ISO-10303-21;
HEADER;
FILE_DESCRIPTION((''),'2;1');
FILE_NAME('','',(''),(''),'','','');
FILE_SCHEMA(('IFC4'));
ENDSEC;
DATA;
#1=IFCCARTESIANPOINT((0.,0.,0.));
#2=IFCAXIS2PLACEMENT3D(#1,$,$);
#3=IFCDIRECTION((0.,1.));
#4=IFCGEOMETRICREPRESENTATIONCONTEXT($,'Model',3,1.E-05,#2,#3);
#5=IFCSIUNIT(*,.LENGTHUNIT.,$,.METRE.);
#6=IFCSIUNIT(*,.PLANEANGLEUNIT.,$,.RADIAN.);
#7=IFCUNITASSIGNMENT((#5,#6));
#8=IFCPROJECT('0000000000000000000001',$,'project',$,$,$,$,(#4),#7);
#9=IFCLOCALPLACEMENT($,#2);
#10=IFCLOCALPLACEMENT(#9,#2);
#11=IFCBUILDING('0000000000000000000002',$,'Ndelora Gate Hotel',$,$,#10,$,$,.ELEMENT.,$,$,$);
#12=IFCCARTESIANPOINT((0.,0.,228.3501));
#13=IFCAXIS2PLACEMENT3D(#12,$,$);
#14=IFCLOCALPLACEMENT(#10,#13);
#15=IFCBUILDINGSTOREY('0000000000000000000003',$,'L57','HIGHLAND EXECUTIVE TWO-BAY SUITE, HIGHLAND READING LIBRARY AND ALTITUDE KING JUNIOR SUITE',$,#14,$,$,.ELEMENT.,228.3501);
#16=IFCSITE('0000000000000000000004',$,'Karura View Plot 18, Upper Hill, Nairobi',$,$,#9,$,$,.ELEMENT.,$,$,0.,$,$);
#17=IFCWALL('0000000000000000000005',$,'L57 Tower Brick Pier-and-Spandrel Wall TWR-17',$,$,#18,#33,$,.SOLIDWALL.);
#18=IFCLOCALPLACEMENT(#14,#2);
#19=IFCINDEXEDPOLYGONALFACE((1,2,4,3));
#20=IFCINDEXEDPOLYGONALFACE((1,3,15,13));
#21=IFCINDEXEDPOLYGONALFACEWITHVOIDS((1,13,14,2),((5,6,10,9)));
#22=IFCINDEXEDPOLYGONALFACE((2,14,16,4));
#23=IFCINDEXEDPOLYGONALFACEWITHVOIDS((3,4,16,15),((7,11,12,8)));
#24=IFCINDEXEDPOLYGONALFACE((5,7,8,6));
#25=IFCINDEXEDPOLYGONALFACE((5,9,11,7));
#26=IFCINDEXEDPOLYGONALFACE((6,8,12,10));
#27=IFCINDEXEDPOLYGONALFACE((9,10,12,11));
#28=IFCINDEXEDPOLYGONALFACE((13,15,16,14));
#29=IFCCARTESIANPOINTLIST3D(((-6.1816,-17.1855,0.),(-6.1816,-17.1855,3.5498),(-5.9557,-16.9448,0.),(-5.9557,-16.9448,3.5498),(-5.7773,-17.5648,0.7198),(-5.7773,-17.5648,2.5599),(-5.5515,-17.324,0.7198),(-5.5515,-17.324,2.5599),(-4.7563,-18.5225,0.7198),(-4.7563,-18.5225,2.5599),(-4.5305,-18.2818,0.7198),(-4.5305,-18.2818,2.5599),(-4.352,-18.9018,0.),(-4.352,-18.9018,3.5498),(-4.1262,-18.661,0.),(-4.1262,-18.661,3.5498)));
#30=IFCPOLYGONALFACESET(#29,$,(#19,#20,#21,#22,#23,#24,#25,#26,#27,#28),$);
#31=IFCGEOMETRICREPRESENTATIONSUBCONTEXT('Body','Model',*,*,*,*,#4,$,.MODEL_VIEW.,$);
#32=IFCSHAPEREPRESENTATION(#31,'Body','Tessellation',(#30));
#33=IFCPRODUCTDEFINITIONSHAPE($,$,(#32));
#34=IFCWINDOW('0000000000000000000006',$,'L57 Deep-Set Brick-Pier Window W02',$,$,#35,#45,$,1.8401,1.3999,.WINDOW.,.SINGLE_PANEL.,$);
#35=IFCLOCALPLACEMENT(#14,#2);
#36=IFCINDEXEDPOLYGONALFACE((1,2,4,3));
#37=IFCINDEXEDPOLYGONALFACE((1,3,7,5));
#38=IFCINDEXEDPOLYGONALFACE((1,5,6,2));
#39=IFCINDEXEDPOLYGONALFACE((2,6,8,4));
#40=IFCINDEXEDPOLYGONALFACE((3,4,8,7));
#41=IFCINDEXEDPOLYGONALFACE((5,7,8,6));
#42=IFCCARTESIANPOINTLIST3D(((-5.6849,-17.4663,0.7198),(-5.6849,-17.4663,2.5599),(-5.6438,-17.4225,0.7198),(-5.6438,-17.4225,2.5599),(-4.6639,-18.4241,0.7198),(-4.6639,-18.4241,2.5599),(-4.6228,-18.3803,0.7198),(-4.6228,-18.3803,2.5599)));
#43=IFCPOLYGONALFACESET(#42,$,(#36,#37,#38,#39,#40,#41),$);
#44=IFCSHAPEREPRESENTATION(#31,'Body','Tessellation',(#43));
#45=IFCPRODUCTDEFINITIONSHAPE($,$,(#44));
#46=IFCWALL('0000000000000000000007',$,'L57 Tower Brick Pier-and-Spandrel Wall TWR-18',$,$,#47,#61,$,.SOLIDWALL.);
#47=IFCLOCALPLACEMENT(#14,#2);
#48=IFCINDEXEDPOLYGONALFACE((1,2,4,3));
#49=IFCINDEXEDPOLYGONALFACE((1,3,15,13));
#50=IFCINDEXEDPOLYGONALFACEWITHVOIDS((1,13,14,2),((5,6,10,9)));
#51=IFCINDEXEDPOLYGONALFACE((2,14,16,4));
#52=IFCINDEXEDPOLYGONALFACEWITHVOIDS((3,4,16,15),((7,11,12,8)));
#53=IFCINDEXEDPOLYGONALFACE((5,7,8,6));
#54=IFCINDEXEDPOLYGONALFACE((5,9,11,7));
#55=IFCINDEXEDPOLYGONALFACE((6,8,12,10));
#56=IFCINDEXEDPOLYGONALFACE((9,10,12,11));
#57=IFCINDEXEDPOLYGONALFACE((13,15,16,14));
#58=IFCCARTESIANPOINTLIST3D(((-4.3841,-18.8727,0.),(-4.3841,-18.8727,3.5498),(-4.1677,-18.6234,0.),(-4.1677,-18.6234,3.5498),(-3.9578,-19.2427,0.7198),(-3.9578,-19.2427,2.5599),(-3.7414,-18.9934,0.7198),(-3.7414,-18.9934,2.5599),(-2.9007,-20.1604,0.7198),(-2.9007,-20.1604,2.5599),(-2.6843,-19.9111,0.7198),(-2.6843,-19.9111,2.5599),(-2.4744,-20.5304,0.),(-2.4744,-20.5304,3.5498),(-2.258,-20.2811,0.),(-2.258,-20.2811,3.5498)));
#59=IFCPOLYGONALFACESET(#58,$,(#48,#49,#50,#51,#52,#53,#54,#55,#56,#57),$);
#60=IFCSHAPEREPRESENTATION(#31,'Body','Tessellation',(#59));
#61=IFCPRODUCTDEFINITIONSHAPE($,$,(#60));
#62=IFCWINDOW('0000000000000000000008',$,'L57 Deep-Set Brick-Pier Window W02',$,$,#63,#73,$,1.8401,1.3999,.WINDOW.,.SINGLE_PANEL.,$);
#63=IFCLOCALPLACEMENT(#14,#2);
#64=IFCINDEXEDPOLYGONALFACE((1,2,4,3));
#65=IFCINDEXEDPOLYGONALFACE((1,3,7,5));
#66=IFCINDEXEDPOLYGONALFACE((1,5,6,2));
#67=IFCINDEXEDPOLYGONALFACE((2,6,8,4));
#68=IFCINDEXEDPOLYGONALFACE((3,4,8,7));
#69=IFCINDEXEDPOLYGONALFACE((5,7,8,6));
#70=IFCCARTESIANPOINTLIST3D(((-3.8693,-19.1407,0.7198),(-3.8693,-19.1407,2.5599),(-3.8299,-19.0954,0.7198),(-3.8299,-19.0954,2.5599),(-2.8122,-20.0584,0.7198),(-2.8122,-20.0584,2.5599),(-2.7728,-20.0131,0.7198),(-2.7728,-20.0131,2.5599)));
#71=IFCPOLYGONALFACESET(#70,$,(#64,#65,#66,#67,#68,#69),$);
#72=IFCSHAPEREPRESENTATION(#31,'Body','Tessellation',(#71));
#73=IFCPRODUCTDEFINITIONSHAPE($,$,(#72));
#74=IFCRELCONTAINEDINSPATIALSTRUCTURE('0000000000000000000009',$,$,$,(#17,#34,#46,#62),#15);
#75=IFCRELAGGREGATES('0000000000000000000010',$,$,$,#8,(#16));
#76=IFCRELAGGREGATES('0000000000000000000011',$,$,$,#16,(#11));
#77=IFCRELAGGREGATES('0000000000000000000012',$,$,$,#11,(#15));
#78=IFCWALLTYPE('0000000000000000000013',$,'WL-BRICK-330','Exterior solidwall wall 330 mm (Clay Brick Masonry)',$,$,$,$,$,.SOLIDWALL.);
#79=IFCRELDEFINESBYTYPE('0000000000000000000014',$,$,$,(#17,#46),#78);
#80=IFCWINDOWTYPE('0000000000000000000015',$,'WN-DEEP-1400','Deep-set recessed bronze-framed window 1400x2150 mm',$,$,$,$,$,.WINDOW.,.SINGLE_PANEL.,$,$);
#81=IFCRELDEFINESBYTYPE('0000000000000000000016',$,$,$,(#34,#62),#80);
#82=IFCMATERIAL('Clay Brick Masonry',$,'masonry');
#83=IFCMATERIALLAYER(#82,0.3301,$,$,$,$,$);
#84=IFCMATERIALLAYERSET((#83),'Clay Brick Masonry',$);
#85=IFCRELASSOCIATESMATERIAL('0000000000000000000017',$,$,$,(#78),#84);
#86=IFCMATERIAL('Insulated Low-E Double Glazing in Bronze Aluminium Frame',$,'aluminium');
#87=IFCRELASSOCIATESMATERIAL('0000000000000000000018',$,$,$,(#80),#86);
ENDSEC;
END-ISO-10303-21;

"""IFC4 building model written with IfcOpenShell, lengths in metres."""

from ifc_helpers import new_model, si_unit, direction, frame, frame_2d, origin, place, context, subcontext, project, spatial, rectangle, extrude, material, layer, layer_set, type_object, element, fill, save


model = new_model("IFC4")

# Units and contexts
model_context = context("Model", 3, precision=1e-05, world=origin(), true_north=direction((0.0, 1.0)))
body_context = subcontext(model_context, "Body", "Model", "MODEL_VIEW")
ifc_project = project(units=[si_unit("LENGTHUNIT", "METRE"), si_unit("PLANEANGLEUNIT", "RADIAN")], contexts=[model_context])

# Site, building, storey
site_placement = place(None, origin())
site = spatial("IfcSite", under=ifc_project, at=site_placement, Name="Karura View Plot 18, Upper Hill, Nairobi", CompositionType="ELEMENT", RefElevation=0.0)
building_placement = place(site_placement, origin())
building = spatial("IfcBuilding", under=site, at=building_placement, Name="Ndelora Gate Hotel", CompositionType="ELEMENT")
storey_placement = place(building_placement, frame((0.0, 0.0, 228.3501)))
storey = spatial("IfcBuildingStorey", under=building, at=storey_placement, Name="L57", Description="HIGHLAND EXECUTIVE TWO-BAY SUITE, HIGHLAND READING LIBRARY AND ALTITUDE KING JUNIOR SUITE", CompositionType="ELEMENT", Elevation=228.3501)

# Walls, openings, windows
ifc_material_1 = material(Name="Clay Brick Masonry", Category="masonry")
ifc_layer_1 = layer(ifc_material_1, 0.3301)
ifc_layer_set_1 = layer_set([ifc_layer_1], Name="Clay Brick Masonry")
wall_type = type_object("IfcWallType", Name="WL-BRICK-330", Description="Exterior solidwall wall 330 mm (Clay Brick Masonry)", PredefinedType="SOLIDWALL", material=ifc_layer_set_1)
ifc_material_2 = material(Name="Insulated Low-E Double Glazing in Bronze Aluminium Frame", Category="aluminium")
window_type = type_object("IfcWindowType", Name="WN-DEEP-1400", Description="Deep-set recessed bronze-framed window 1400x2150 mm", PartitioningType="SINGLE_PANEL", PredefinedType="WINDOW", material=ifc_material_2)
wall_1_placement = place(storey_placement, frame((-4.239, -18.7815, 0.0), z_axis=(0.0, 0.0, 1.0), x_axis=(-0.729325, 0.684168, 0.0)))
wall_1 = element("IfcWall", 1, at=wall_1_placement, inside=storey, type_object=wall_type, Name="L57 Tower Brick Pier-and-Spandrel Wall TWR-17", PredefinedType="SOLIDWALL", context=body_context, shape_type="SweptSolid", body=[
    extrude(rectangle(XDim=2.5085, YDim=0.3301, at=frame_2d((1.2544, 0.0))), origin(), (0.0, 0.0, 1.0), 3.5498),
])
opening_1_placement = place(wall_1_placement, frame((0.5544, 0.0, 0.72)))
opening_1 = element("IfcOpeningElement", 2, at=opening_1_placement, cuts=wall_1, PredefinedType="OPENING", context=body_context, shape_type="SweptSolid", body=[
    extrude(rectangle(XDim=1.3999, YDim=1.8401, at=frame_2d((0.7, 0.9199))), frame((0.0, 0.175, 0.0), z_axis=(0.0, -1.0, 0.0), x_axis=(1.0, 0.0, 0.0)), (0.0, 0.0, 1.0), 0.3501),
])
window_1_placement = place(opening_1_placement, origin())
window_1 = element("IfcWindow", 3, at=window_1_placement, inside=storey, type_object=window_type, Name="L57 Deep-Set Brick-Pier Window W02", OverallHeight=1.8401, OverallWidth=1.3999, PartitioningType="SINGLE_PANEL", PredefinedType="WINDOW", context=body_context, shape_type="SweptSolid", body=[
    extrude(rectangle(XDim=1.3999, YDim=1.8401, at=frame_2d((0.7, 0.9199))), frame((0.0, 0.03, 0.0), z_axis=(0.0, -1.0, 0.0), x_axis=(1.0, 0.0, 0.0)), (0.0, 0.0, 1.0), 0.0601),
])
fill(opening_1, window_1)
wall_2_placement = place(storey_placement, frame((-2.3662, -20.4058, 0.0), z_axis=(0.0, 0.0, 1.0), x_axis=(-0.755166, 0.655533, 0.0)))
wall_2 = element("IfcWall", 4, at=wall_2_placement, inside=storey, type_object=wall_type, Name="L57 Tower Brick Pier-and-Spandrel Wall TWR-18", PredefinedType="SOLIDWALL", context=body_context, shape_type="SweptSolid", body=[
    extrude(rectangle(XDim=2.5288, YDim=0.3301, at=frame_2d((1.2644, 0.0))), origin(), (0.0, 0.0, 1.0), 3.5498),
])
opening_2_placement = place(wall_2_placement, frame((0.5645, 0.0, 0.72)))
opening_2 = element("IfcOpeningElement", 5, at=opening_2_placement, cuts=wall_2, PredefinedType="OPENING", context=body_context, shape_type="SweptSolid", body=[
    extrude(rectangle(XDim=1.3999, YDim=1.8401, at=frame_2d((0.7, 0.9199))), frame((0.0, 0.175, 0.0), z_axis=(0.0, -1.0, 0.0), x_axis=(1.0, 0.0, 0.0)), (0.0, 0.0, 1.0), 0.3501),
])
window_2_placement = place(opening_2_placement, origin())
window_2 = element("IfcWindow", 6, at=window_2_placement, inside=storey, type_object=window_type, Name="L57 Deep-Set Brick-Pier Window W02", OverallHeight=1.8401, OverallWidth=1.3999, PartitioningType="SINGLE_PANEL", PredefinedType="WINDOW", context=body_context, shape_type="SweptSolid", body=[
    extrude(rectangle(XDim=1.3999, YDim=1.8401, at=frame_2d((0.7, 0.9199))), frame((0.0, 0.03, 0.0), z_axis=(0.0, -1.0, 0.0), x_axis=(1.0, 0.0, 0.0)), (0.0, 0.0, 1.0), 0.0601),
])
fill(opening_2, window_2)

save(model, "model.ifc")
